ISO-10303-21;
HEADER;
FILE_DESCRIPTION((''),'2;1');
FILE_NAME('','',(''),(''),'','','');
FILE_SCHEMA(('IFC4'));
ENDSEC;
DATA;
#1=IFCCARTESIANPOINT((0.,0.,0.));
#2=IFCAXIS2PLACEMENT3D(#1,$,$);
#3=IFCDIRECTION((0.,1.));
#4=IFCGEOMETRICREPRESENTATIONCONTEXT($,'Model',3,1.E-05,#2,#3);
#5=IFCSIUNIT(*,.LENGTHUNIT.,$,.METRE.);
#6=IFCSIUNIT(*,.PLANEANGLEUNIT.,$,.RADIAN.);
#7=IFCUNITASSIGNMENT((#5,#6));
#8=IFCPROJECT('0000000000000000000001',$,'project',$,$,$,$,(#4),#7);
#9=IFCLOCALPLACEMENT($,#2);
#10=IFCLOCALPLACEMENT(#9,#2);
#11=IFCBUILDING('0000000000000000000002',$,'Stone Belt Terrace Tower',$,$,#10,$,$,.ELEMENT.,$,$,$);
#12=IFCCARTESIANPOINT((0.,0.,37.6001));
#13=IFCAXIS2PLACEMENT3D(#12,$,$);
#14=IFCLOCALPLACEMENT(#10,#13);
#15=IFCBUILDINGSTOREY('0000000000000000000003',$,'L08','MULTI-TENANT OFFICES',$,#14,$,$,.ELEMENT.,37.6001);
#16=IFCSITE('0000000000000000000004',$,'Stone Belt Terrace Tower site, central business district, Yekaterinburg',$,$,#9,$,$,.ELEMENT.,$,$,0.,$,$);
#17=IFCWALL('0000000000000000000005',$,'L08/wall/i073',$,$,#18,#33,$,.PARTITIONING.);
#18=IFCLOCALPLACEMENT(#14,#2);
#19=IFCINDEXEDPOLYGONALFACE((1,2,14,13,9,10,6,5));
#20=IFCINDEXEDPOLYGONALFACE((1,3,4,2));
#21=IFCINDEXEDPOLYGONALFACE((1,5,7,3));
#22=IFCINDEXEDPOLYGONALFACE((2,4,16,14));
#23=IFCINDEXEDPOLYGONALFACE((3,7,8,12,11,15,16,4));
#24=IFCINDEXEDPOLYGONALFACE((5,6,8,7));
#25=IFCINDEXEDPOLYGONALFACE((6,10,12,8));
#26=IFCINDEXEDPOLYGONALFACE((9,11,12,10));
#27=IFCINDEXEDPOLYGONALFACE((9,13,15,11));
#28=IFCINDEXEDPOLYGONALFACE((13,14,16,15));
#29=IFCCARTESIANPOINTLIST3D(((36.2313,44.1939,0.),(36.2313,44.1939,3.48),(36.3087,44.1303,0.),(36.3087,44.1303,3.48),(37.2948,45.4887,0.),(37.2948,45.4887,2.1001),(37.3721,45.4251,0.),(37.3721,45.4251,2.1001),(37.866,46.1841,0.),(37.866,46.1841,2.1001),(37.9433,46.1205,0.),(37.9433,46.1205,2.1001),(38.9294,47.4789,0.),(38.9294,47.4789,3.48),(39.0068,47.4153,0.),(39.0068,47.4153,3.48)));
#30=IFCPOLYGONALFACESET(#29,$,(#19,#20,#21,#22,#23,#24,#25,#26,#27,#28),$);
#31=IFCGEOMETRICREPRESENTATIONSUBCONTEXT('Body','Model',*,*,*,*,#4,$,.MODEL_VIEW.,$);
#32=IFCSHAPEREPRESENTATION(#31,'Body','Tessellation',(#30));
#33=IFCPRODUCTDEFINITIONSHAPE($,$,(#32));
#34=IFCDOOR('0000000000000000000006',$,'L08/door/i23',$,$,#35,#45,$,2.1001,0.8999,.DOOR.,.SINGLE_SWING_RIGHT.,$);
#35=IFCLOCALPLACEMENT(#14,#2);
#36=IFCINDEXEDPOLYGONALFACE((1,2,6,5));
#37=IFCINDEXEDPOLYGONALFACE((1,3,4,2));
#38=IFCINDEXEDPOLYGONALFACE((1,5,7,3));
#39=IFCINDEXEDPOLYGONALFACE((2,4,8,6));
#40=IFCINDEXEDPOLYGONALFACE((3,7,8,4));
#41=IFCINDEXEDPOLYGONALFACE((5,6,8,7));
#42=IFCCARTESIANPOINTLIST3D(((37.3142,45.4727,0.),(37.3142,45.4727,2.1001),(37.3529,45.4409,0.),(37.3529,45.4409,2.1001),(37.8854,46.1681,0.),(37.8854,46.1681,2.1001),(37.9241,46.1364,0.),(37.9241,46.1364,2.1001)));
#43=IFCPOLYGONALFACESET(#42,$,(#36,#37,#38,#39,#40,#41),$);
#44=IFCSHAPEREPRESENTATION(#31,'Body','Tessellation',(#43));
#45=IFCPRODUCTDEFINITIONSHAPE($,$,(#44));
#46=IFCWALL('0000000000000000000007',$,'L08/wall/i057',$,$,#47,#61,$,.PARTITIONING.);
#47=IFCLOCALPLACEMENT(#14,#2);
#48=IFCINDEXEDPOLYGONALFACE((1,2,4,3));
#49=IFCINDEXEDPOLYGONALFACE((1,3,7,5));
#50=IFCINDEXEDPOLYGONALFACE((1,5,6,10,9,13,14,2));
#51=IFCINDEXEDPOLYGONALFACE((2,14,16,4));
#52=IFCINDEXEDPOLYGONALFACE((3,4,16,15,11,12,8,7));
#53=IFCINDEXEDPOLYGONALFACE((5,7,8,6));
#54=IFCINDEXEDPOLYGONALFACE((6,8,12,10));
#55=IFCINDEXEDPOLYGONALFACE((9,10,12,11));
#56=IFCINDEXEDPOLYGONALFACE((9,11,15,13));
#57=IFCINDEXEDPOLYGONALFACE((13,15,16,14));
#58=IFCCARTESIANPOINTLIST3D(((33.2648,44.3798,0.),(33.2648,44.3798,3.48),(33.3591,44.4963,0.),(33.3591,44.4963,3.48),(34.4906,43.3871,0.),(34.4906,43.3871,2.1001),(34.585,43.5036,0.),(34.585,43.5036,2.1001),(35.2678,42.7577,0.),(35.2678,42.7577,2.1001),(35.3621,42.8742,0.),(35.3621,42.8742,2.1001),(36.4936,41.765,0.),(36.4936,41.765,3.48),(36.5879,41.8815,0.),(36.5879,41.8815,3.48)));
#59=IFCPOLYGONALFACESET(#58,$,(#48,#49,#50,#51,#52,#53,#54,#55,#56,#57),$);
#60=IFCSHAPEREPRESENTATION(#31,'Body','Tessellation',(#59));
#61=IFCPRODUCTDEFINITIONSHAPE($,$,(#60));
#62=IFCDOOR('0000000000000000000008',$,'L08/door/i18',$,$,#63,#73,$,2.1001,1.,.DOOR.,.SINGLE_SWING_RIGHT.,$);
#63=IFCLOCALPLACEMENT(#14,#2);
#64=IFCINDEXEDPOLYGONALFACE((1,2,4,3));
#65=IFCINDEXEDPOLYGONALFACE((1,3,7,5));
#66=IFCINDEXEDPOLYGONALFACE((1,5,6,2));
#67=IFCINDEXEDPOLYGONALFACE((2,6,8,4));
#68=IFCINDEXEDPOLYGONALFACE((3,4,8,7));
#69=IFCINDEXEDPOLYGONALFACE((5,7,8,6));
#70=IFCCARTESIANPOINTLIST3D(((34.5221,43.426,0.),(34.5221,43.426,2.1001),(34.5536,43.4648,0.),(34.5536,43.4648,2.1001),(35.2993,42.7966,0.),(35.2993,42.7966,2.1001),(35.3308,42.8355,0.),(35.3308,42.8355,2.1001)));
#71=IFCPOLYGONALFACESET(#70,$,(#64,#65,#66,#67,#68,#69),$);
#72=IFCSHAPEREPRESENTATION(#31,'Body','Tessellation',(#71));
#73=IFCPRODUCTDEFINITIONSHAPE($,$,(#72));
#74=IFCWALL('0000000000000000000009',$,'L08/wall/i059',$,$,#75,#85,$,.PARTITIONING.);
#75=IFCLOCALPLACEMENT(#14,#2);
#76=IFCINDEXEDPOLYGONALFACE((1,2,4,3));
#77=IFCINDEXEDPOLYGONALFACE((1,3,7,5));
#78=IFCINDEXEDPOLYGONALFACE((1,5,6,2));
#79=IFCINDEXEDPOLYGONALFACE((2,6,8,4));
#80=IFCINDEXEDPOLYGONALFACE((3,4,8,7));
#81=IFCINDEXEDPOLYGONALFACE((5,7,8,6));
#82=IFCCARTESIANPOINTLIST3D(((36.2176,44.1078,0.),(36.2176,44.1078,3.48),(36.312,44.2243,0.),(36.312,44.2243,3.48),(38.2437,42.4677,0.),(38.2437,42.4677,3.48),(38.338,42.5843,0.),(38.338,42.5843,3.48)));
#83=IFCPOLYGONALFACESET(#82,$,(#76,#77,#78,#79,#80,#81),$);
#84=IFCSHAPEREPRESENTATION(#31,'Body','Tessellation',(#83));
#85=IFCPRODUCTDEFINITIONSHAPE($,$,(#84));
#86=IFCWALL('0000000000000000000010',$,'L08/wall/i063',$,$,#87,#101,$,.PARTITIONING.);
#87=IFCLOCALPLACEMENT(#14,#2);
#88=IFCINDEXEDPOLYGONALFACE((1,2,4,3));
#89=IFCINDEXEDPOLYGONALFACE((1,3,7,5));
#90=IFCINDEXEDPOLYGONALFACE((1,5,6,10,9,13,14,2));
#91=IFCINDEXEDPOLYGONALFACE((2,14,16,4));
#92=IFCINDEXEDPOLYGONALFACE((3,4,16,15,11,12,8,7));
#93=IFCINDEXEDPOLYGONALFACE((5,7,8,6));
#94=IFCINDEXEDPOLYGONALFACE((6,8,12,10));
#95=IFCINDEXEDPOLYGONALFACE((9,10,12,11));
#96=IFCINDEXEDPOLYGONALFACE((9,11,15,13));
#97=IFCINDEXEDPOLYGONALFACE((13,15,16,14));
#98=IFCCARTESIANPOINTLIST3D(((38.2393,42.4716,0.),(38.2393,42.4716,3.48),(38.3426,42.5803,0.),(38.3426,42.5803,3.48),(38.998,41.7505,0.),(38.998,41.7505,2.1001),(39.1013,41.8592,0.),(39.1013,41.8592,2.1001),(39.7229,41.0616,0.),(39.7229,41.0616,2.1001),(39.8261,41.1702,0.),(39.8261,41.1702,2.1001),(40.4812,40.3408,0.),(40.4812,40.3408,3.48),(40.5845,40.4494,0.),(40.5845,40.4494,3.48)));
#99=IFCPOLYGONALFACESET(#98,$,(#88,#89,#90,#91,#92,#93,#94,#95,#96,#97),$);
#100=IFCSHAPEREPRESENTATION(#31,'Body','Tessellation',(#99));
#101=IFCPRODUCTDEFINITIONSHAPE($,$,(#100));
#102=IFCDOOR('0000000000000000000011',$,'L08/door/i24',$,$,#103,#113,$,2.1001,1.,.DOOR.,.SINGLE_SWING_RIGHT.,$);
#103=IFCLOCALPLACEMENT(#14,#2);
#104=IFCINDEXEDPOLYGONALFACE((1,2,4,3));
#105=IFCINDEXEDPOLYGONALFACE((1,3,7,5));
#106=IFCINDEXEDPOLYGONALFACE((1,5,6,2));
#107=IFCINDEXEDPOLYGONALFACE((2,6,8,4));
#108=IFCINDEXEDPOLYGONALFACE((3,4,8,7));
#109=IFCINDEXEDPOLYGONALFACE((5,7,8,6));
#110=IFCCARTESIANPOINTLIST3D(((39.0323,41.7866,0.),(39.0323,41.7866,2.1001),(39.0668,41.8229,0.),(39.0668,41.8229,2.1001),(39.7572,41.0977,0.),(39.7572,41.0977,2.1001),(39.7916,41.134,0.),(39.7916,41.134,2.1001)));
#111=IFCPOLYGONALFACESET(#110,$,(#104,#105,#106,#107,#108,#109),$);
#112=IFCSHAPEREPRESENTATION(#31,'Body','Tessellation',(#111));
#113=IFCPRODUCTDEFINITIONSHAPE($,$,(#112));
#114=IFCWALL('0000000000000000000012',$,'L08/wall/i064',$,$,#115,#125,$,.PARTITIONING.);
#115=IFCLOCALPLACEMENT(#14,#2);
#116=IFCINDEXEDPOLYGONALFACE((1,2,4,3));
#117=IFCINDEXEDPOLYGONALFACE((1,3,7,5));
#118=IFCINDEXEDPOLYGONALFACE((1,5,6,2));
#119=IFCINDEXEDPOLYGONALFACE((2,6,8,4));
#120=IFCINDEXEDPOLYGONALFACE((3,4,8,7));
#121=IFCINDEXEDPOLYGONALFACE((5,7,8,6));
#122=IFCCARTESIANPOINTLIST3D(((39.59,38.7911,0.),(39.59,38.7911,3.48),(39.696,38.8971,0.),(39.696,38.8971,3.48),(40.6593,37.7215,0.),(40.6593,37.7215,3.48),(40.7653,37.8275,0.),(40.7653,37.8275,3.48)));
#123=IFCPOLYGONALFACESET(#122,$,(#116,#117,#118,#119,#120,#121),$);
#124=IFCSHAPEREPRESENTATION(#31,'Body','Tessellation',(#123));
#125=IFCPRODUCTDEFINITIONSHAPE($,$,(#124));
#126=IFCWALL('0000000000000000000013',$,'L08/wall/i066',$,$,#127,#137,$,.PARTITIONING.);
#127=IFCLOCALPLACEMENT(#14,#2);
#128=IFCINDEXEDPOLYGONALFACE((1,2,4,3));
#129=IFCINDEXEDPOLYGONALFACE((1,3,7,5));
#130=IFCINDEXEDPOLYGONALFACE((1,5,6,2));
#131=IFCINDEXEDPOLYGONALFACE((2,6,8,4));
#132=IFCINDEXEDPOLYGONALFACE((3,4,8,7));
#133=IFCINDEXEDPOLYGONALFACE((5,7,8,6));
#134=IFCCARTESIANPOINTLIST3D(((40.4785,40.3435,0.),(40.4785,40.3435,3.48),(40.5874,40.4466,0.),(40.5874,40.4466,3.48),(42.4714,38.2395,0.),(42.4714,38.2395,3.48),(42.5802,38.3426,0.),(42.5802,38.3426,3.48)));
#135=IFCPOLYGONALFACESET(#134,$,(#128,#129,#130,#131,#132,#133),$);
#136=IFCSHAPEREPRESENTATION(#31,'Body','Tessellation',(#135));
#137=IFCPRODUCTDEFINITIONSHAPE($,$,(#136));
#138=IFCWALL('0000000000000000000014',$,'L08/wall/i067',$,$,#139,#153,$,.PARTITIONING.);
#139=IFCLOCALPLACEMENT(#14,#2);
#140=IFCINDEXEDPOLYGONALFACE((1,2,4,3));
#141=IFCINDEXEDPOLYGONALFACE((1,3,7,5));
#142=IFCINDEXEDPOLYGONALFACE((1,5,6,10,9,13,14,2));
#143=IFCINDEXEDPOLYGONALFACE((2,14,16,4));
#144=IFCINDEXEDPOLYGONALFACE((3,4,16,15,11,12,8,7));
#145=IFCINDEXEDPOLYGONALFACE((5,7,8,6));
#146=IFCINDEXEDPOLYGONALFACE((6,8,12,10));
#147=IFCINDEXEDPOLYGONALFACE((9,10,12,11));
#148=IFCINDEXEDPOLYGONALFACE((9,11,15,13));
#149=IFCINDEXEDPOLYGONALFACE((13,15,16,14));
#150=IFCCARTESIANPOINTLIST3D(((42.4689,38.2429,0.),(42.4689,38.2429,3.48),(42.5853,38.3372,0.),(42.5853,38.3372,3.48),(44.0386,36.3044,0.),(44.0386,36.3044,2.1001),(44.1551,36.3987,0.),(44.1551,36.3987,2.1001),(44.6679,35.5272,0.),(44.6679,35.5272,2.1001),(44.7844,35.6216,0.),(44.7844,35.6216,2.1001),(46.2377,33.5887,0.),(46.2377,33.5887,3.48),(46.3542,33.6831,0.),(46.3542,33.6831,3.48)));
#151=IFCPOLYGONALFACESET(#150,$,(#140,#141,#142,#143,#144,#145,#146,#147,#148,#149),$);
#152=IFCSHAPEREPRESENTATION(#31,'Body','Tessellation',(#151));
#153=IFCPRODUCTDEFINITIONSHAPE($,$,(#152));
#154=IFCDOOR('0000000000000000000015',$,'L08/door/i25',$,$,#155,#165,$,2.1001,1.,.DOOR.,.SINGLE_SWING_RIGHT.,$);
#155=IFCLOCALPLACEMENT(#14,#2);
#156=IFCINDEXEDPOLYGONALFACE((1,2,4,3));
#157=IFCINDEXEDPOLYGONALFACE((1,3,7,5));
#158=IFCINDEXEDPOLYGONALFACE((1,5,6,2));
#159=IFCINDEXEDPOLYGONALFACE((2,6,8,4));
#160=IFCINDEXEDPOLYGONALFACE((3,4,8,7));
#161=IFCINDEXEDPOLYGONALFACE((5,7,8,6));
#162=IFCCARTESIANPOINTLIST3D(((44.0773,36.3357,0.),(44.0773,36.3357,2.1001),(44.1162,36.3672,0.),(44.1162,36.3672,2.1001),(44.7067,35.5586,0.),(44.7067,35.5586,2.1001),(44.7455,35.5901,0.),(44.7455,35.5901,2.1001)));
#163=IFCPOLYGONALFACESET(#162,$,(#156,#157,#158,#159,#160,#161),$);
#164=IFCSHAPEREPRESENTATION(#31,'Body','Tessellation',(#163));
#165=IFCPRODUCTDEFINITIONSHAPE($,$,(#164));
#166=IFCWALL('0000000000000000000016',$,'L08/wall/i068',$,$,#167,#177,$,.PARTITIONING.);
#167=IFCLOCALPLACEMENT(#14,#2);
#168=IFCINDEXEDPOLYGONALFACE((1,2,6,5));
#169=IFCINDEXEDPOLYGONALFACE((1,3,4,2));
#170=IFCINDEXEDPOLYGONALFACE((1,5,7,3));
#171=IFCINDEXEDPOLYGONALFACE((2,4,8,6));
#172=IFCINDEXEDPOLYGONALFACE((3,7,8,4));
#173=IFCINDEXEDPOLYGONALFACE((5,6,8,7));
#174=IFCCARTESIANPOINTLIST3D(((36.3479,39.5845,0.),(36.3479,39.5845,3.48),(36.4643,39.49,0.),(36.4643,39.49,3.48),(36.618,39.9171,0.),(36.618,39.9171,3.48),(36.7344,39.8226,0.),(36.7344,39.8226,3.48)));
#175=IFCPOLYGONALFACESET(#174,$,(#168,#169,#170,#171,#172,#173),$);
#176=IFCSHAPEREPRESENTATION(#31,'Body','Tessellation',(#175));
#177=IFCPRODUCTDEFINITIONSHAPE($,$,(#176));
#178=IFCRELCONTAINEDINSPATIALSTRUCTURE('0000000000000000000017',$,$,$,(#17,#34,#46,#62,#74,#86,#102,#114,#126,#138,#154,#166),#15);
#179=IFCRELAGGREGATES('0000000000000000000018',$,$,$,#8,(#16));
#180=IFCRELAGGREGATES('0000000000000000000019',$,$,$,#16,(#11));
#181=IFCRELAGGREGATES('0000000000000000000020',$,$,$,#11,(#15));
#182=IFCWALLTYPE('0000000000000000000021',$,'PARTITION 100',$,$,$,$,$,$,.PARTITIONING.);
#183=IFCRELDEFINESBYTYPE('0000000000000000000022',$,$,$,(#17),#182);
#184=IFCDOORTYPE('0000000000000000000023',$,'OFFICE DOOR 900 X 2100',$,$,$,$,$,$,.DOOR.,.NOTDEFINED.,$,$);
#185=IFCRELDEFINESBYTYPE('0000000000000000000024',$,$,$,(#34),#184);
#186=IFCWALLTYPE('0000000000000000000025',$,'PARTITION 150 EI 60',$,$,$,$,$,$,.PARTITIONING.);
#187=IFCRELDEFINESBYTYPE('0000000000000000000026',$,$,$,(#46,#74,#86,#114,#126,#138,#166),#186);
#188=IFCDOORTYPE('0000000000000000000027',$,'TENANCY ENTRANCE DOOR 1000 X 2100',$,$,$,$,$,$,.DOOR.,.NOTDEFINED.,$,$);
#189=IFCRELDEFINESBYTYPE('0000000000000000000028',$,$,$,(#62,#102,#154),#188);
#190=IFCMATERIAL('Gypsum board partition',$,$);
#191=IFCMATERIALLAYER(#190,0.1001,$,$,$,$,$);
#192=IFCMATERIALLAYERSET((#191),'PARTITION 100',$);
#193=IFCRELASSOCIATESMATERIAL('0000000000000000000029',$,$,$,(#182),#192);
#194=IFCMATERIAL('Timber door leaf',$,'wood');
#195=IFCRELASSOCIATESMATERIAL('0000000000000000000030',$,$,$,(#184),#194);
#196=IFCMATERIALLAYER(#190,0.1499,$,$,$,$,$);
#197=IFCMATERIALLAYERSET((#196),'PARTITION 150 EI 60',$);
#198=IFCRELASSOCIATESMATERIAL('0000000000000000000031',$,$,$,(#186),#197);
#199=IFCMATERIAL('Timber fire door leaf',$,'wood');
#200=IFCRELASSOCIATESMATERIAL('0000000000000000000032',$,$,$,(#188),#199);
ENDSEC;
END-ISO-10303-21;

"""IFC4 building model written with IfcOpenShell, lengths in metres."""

from ifc_helpers import new_model, si_unit, direction, frame, frame_2d, origin, place, context, subcontext, project, spatial, rectangle, extrude, material, layer, layer_set, type_object, element, fill, save


model = new_model("IFC4")

# Units and contexts
model_context = context("Model", 3, precision=1e-05, world=origin(), true_north=direction((0.0, 1.0)))
body_context = subcontext(model_context, "Body", "Model", "MODEL_VIEW")
ifc_project = project(units=[si_unit("LENGTHUNIT", "METRE"), si_unit("PLANEANGLEUNIT", "RADIAN")], contexts=[model_context])

# Site, building, storey
site_placement = place(None, origin())
site = spatial("IfcSite", under=ifc_project, at=site_placement, Name="Stone Belt Terrace Tower site, central business district, Yekaterinburg", CompositionType="ELEMENT", RefElevation=0.0)
building_placement = place(site_placement, origin())
building = spatial("IfcBuilding", under=site, at=building_placement, Name="Stone Belt Terrace Tower", CompositionType="ELEMENT")
storey_placement = place(building_placement, frame((0.0, 0.0, 37.6001)))
storey = spatial("IfcBuildingStorey", under=building, at=storey_placement, Name="L08", Description="MULTI-TENANT OFFICES", CompositionType="ELEMENT", Elevation=37.6001)

# Walls, openings, doors
ifc_material_1 = material(Name="Gypsum board partition")
ifc_layer_1 = layer(ifc_material_1, 0.1001)
ifc_layer_set_1 = layer_set([ifc_layer_1], Name="PARTITION 100")
wall_type_1 = type_object("IfcWallType", Name="PARTITION 100", PredefinedType="PARTITIONING", material=ifc_layer_set_1)
wall_1_placement = place(storey_placement, frame((36.27, 44.1621, 0.0), z_axis=(0.0, 0.0, 1.0), x_axis=(0.634694, 0.772763, 0.0)))
wall_1 = element("IfcWall", 1, at=wall_1_placement, inside=storey, type_object=wall_type_1, Name="L08/wall/i073", PredefinedType="PARTITIONING", context=body_context, shape_type="SweptSolid", body=[
    extrude(rectangle(XDim=4.251, YDim=0.1001, at=frame_2d((2.1255, 0.0))), origin(), (0.0, 0.0, 1.0), 3.48),
])
opening_1_placement = place(wall_1_placement, frame((1.6755, 0.0, 0.0)))
opening_1 = element("IfcOpeningElement", 2, at=opening_1_placement, cuts=wall_1, PredefinedType="OPENING", context=body_context, shape_type="SweptSolid", body=[
    extrude(rectangle(XDim=0.8999, YDim=2.1001, at=frame_2d((0.45, 1.05))), frame((0.0, 0.0601, 0.0), z_axis=(0.0, -1.0, 0.0), x_axis=(1.0, 0.0, 0.0)), (0.0, 0.0, 1.0), 0.1201),
])
ifc_material_2 = material(Name="Timber door leaf", Category="wood")
door_type_1 = type_object("IfcDoorType", Name="OFFICE DOOR 900 X 2100", OperationType="NOTDEFINED", PredefinedType="DOOR", material=ifc_material_2)
door_1_placement = place(opening_1_placement, origin())
door_1 = element("IfcDoor", 3, at=door_1_placement, inside=storey, type_object=door_type_1, Name="L08/door/i23", OperationType="SINGLE_SWING_RIGHT", OverallHeight=2.1001, OverallWidth=0.8999, PredefinedType="DOOR", context=body_context, shape_type="SweptSolid", body=[
    extrude(rectangle(XDim=0.8999, YDim=2.1001, at=frame_2d((0.45, 1.05))), frame((0.0, 0.0249, 0.0), z_axis=(0.0, -1.0, 0.0), x_axis=(1.0, 0.0, 0.0)), (0.0, 0.0, 1.0), 0.05),
])
fill(opening_1, door_1)
ifc_layer_2 = layer(ifc_material_1, 0.1499)
ifc_layer_set_2 = layer_set([ifc_layer_2], Name="PARTITION 150 EI 60")
wall_type_2 = type_object("IfcWallType", Name="PARTITION 150 EI 60", PredefinedType="PARTITIONING", material=ifc_layer_set_2)
wall_2_placement = place(storey_placement, frame((36.5408, 41.8232, 0.0), z_axis=(0.0, 0.0, 1.0), x_axis=(-0.777129, 0.629342, 0.0)))
wall_2 = element("IfcWall", 4, at=wall_2_placement, inside=storey, type_object=wall_type_2, Name="L08/wall/i057", PredefinedType="PARTITIONING", context=body_context, shape_type="SweptSolid", body=[
    extrude(rectangle(XDim=4.1548, YDim=0.1499, at=frame_2d((2.0774, 0.0))), origin(), (0.0, 0.0, 1.0), 3.48),
])
opening_2_placement = place(wall_2_placement, frame((1.5774, 0.0, 0.0)))
opening_2 = element("IfcOpeningElement", 5, at=opening_2_placement, cuts=wall_2, PredefinedType="OPENING", context=body_context, shape_type="SweptSolid", body=[
    extrude(rectangle(XDim=1.0, YDim=2.1001, at=frame_2d((0.5, 1.05))), frame((0.0, 0.085, 0.0), z_axis=(0.0, -1.0, 0.0), x_axis=(1.0, 0.0, 0.0)), (0.0, 0.0, 1.0), 0.1699),
])
ifc_material_3 = material(Name="Timber fire door leaf", Category="wood")
door_type_2 = type_object("IfcDoorType", Name="TENANCY ENTRANCE DOOR 1000 X 2100", OperationType="NOTDEFINED", PredefinedType="DOOR", material=ifc_material_3)
door_2_placement = place(opening_2_placement, origin())
door_2 = element("IfcDoor", 6, at=door_2_placement, inside=storey, type_object=door_type_2, Name="L08/door/i18", OperationType="SINGLE_SWING_RIGHT", OverallHeight=2.1001, OverallWidth=1.0, PredefinedType="DOOR", context=body_context, shape_type="SweptSolid", body=[
    extrude(rectangle(XDim=1.0, YDim=2.1001, at=frame_2d((0.5, 1.05))), frame((0.0, 0.0249, 0.0), z_axis=(0.0, -1.0, 0.0), x_axis=(1.0, 0.0, 0.0)), (0.0, 0.0, 1.0), 0.05),
])
fill(opening_2, door_2)

# Wall
wall_3_placement = place(storey_placement, frame((36.2649, 44.166, 0.0), z_axis=(0.0, 0.0, 1.0), x_axis=(0.777256, -0.629185, 0.0)))
element("IfcWall", 7, at=wall_3_placement, inside=storey, type_object=wall_type_2, Name="L08/wall/i059", PredefinedType="PARTITIONING", context=body_context, shape_type="SweptSolid", body=[
    extrude(rectangle(XDim=2.6067, YDim=0.1499, at=frame_2d((1.3032, 0.0))), origin(), (0.0, 0.0, 1.0), 3.48),
])

# Wall, opening, door
wall_4_placement = place(storey_placement, frame((38.291, 42.5259, 0.0), z_axis=(0.0, 0.0, 1.0), x_axis=(0.724836, -0.688922, 0.0)))
wall_4 = element("IfcWall", 8, at=wall_4_placement, inside=storey, type_object=wall_type_2, Name="L08/wall/i063", PredefinedType="PARTITIONING", context=body_context, shape_type="SweptSolid", body=[
    extrude(rectangle(XDim=3.093, YDim=0.1499, at=frame_2d((1.5464, 0.0))), origin(), (0.0, 0.0, 1.0), 3.48),
])
opening_3_placement = place(wall_4_placement, frame((1.0466, 0.0, 0.0)))
opening_3 = element("IfcOpeningElement", 9, at=opening_3_placement, cuts=wall_4, PredefinedType="OPENING", context=body_context, shape_type="SweptSolid", body=[
    extrude(rectangle(XDim=1.0, YDim=2.1001, at=frame_2d((0.5, 1.05))), frame((0.0, 0.085, 0.0), z_axis=(0.0, -1.0, 0.0), x_axis=(1.0, 0.0, 0.0)), (0.0, 0.0, 1.0), 0.1699),
])
door_3_placement = place(opening_3_placement, origin())
door_3 = element("IfcDoor", 10, at=door_3_placement, inside=storey, type_object=door_type_2, Name="L08/door/i24", OperationType="SINGLE_SWING_RIGHT", OverallHeight=2.1001, OverallWidth=1.0, PredefinedType="DOOR", context=body_context, shape_type="SweptSolid", body=[
    extrude(rectangle(XDim=1.0, YDim=2.1001, at=frame_2d((0.5, 1.05))), frame((0.0, 0.0249, 0.0), z_axis=(0.0, -1.0, 0.0), x_axis=(1.0, 0.0, 0.0)), (0.0, 0.0, 1.0), 0.05),
])
fill(opening_3, door_3)

# Walls
wall_5_placement = place(storey_placement, frame((40.7124, 37.7744, 0.0), z_axis=(0.0, 0.0, 1.0), x_axis=(-0.707026, 0.707187, 0.0)))
element("IfcWall", 11, at=wall_5_placement, inside=storey, type_object=wall_type_2, Name="L08/wall/i064", PredefinedType="PARTITIONING", context=body_context, shape_type="SweptSolid", body=[
    extrude(rectangle(XDim=1.5125, YDim=0.1499, at=frame_2d((0.7563, 0.0))), origin(), (0.0, 0.0, 1.0), 3.48),
])
wall_6_placement = place(storey_placement, frame((40.533, 40.395, 0.0), z_axis=(0.0, 0.0, 1.0), x_axis=(0.687682, -0.726012, 0.0)))
element("IfcWall", 12, at=wall_6_placement, inside=storey, type_object=wall_type_2, Name="L08/wall/i066", PredefinedType="PARTITIONING", context=body_context, shape_type="SweptSolid", body=[
    extrude(rectangle(XDim=2.8979, YDim=0.1499, at=frame_2d((1.449, 0.0))), origin(), (0.0, 0.0, 1.0), 3.48),
])

# Wall, opening, door
wall_7_placement = place(storey_placement, frame((42.5271, 38.29, 0.0), z_axis=(0.0, 0.0, 1.0), x_axis=(0.629323, -0.777144, 0.0)))
wall_7 = element("IfcWall", 13, at=wall_7_placement, inside=storey, type_object=wall_type_2, Name="L08/wall/i067", PredefinedType="PARTITIONING", context=body_context, shape_type="SweptSolid", body=[
    extrude(rectangle(XDim=5.9888, YDim=0.1499, at=frame_2d((2.9944, 0.0))), origin(), (0.0, 0.0, 1.0), 3.48),
])
opening_4_placement = place(wall_7_placement, frame((2.4944, 0.0, 0.0)))
opening_4 = element("IfcOpeningElement", 14, at=opening_4_placement, cuts=wall_7, PredefinedType="OPENING", context=body_context, shape_type="SweptSolid", body=[
    extrude(rectangle(XDim=1.0, YDim=2.1001, at=frame_2d((0.5, 1.05))), frame((0.0, 0.085, 0.0), z_axis=(0.0, -1.0, 0.0), x_axis=(1.0, 0.0, 0.0)), (0.0, 0.0, 1.0), 0.1699),
])
door_4_placement = place(opening_4_placement, origin())
door_4 = element("IfcDoor", 15, at=door_4_placement, inside=storey, type_object=door_type_2, Name="L08/door/i25", OperationType="SINGLE_SWING_RIGHT", OverallHeight=2.1001, OverallWidth=1.0, PredefinedType="DOOR", context=body_context, shape_type="SweptSolid", body=[
    extrude(rectangle(XDim=1.0, YDim=2.1001, at=frame_2d((0.5, 1.05))), frame((0.0, 0.0249, 0.0), z_axis=(0.0, -1.0, 0.0), x_axis=(1.0, 0.0, 0.0)), (0.0, 0.0, 1.0), 0.05),
])
fill(opening_4, door_4)

# Wall
wall_8_placement = place(storey_placement, frame((36.406, 39.5371, 0.0), z_axis=(0.0, 0.0, 1.0), x_axis=(0.630378, 0.776288, 0.0)))
element("IfcWall", 16, at=wall_8_placement, inside=storey, type_object=wall_type_2, Name="L08/wall/i068", PredefinedType="PARTITIONING", context=body_context, shape_type="SweptSolid", body=[
    extrude(rectangle(XDim=0.4285, YDim=0.1499, at=frame_2d((0.2144, 0.0))), origin(), (0.0, 0.0, 1.0), 3.48),
])

save(model, "model.ifc")
